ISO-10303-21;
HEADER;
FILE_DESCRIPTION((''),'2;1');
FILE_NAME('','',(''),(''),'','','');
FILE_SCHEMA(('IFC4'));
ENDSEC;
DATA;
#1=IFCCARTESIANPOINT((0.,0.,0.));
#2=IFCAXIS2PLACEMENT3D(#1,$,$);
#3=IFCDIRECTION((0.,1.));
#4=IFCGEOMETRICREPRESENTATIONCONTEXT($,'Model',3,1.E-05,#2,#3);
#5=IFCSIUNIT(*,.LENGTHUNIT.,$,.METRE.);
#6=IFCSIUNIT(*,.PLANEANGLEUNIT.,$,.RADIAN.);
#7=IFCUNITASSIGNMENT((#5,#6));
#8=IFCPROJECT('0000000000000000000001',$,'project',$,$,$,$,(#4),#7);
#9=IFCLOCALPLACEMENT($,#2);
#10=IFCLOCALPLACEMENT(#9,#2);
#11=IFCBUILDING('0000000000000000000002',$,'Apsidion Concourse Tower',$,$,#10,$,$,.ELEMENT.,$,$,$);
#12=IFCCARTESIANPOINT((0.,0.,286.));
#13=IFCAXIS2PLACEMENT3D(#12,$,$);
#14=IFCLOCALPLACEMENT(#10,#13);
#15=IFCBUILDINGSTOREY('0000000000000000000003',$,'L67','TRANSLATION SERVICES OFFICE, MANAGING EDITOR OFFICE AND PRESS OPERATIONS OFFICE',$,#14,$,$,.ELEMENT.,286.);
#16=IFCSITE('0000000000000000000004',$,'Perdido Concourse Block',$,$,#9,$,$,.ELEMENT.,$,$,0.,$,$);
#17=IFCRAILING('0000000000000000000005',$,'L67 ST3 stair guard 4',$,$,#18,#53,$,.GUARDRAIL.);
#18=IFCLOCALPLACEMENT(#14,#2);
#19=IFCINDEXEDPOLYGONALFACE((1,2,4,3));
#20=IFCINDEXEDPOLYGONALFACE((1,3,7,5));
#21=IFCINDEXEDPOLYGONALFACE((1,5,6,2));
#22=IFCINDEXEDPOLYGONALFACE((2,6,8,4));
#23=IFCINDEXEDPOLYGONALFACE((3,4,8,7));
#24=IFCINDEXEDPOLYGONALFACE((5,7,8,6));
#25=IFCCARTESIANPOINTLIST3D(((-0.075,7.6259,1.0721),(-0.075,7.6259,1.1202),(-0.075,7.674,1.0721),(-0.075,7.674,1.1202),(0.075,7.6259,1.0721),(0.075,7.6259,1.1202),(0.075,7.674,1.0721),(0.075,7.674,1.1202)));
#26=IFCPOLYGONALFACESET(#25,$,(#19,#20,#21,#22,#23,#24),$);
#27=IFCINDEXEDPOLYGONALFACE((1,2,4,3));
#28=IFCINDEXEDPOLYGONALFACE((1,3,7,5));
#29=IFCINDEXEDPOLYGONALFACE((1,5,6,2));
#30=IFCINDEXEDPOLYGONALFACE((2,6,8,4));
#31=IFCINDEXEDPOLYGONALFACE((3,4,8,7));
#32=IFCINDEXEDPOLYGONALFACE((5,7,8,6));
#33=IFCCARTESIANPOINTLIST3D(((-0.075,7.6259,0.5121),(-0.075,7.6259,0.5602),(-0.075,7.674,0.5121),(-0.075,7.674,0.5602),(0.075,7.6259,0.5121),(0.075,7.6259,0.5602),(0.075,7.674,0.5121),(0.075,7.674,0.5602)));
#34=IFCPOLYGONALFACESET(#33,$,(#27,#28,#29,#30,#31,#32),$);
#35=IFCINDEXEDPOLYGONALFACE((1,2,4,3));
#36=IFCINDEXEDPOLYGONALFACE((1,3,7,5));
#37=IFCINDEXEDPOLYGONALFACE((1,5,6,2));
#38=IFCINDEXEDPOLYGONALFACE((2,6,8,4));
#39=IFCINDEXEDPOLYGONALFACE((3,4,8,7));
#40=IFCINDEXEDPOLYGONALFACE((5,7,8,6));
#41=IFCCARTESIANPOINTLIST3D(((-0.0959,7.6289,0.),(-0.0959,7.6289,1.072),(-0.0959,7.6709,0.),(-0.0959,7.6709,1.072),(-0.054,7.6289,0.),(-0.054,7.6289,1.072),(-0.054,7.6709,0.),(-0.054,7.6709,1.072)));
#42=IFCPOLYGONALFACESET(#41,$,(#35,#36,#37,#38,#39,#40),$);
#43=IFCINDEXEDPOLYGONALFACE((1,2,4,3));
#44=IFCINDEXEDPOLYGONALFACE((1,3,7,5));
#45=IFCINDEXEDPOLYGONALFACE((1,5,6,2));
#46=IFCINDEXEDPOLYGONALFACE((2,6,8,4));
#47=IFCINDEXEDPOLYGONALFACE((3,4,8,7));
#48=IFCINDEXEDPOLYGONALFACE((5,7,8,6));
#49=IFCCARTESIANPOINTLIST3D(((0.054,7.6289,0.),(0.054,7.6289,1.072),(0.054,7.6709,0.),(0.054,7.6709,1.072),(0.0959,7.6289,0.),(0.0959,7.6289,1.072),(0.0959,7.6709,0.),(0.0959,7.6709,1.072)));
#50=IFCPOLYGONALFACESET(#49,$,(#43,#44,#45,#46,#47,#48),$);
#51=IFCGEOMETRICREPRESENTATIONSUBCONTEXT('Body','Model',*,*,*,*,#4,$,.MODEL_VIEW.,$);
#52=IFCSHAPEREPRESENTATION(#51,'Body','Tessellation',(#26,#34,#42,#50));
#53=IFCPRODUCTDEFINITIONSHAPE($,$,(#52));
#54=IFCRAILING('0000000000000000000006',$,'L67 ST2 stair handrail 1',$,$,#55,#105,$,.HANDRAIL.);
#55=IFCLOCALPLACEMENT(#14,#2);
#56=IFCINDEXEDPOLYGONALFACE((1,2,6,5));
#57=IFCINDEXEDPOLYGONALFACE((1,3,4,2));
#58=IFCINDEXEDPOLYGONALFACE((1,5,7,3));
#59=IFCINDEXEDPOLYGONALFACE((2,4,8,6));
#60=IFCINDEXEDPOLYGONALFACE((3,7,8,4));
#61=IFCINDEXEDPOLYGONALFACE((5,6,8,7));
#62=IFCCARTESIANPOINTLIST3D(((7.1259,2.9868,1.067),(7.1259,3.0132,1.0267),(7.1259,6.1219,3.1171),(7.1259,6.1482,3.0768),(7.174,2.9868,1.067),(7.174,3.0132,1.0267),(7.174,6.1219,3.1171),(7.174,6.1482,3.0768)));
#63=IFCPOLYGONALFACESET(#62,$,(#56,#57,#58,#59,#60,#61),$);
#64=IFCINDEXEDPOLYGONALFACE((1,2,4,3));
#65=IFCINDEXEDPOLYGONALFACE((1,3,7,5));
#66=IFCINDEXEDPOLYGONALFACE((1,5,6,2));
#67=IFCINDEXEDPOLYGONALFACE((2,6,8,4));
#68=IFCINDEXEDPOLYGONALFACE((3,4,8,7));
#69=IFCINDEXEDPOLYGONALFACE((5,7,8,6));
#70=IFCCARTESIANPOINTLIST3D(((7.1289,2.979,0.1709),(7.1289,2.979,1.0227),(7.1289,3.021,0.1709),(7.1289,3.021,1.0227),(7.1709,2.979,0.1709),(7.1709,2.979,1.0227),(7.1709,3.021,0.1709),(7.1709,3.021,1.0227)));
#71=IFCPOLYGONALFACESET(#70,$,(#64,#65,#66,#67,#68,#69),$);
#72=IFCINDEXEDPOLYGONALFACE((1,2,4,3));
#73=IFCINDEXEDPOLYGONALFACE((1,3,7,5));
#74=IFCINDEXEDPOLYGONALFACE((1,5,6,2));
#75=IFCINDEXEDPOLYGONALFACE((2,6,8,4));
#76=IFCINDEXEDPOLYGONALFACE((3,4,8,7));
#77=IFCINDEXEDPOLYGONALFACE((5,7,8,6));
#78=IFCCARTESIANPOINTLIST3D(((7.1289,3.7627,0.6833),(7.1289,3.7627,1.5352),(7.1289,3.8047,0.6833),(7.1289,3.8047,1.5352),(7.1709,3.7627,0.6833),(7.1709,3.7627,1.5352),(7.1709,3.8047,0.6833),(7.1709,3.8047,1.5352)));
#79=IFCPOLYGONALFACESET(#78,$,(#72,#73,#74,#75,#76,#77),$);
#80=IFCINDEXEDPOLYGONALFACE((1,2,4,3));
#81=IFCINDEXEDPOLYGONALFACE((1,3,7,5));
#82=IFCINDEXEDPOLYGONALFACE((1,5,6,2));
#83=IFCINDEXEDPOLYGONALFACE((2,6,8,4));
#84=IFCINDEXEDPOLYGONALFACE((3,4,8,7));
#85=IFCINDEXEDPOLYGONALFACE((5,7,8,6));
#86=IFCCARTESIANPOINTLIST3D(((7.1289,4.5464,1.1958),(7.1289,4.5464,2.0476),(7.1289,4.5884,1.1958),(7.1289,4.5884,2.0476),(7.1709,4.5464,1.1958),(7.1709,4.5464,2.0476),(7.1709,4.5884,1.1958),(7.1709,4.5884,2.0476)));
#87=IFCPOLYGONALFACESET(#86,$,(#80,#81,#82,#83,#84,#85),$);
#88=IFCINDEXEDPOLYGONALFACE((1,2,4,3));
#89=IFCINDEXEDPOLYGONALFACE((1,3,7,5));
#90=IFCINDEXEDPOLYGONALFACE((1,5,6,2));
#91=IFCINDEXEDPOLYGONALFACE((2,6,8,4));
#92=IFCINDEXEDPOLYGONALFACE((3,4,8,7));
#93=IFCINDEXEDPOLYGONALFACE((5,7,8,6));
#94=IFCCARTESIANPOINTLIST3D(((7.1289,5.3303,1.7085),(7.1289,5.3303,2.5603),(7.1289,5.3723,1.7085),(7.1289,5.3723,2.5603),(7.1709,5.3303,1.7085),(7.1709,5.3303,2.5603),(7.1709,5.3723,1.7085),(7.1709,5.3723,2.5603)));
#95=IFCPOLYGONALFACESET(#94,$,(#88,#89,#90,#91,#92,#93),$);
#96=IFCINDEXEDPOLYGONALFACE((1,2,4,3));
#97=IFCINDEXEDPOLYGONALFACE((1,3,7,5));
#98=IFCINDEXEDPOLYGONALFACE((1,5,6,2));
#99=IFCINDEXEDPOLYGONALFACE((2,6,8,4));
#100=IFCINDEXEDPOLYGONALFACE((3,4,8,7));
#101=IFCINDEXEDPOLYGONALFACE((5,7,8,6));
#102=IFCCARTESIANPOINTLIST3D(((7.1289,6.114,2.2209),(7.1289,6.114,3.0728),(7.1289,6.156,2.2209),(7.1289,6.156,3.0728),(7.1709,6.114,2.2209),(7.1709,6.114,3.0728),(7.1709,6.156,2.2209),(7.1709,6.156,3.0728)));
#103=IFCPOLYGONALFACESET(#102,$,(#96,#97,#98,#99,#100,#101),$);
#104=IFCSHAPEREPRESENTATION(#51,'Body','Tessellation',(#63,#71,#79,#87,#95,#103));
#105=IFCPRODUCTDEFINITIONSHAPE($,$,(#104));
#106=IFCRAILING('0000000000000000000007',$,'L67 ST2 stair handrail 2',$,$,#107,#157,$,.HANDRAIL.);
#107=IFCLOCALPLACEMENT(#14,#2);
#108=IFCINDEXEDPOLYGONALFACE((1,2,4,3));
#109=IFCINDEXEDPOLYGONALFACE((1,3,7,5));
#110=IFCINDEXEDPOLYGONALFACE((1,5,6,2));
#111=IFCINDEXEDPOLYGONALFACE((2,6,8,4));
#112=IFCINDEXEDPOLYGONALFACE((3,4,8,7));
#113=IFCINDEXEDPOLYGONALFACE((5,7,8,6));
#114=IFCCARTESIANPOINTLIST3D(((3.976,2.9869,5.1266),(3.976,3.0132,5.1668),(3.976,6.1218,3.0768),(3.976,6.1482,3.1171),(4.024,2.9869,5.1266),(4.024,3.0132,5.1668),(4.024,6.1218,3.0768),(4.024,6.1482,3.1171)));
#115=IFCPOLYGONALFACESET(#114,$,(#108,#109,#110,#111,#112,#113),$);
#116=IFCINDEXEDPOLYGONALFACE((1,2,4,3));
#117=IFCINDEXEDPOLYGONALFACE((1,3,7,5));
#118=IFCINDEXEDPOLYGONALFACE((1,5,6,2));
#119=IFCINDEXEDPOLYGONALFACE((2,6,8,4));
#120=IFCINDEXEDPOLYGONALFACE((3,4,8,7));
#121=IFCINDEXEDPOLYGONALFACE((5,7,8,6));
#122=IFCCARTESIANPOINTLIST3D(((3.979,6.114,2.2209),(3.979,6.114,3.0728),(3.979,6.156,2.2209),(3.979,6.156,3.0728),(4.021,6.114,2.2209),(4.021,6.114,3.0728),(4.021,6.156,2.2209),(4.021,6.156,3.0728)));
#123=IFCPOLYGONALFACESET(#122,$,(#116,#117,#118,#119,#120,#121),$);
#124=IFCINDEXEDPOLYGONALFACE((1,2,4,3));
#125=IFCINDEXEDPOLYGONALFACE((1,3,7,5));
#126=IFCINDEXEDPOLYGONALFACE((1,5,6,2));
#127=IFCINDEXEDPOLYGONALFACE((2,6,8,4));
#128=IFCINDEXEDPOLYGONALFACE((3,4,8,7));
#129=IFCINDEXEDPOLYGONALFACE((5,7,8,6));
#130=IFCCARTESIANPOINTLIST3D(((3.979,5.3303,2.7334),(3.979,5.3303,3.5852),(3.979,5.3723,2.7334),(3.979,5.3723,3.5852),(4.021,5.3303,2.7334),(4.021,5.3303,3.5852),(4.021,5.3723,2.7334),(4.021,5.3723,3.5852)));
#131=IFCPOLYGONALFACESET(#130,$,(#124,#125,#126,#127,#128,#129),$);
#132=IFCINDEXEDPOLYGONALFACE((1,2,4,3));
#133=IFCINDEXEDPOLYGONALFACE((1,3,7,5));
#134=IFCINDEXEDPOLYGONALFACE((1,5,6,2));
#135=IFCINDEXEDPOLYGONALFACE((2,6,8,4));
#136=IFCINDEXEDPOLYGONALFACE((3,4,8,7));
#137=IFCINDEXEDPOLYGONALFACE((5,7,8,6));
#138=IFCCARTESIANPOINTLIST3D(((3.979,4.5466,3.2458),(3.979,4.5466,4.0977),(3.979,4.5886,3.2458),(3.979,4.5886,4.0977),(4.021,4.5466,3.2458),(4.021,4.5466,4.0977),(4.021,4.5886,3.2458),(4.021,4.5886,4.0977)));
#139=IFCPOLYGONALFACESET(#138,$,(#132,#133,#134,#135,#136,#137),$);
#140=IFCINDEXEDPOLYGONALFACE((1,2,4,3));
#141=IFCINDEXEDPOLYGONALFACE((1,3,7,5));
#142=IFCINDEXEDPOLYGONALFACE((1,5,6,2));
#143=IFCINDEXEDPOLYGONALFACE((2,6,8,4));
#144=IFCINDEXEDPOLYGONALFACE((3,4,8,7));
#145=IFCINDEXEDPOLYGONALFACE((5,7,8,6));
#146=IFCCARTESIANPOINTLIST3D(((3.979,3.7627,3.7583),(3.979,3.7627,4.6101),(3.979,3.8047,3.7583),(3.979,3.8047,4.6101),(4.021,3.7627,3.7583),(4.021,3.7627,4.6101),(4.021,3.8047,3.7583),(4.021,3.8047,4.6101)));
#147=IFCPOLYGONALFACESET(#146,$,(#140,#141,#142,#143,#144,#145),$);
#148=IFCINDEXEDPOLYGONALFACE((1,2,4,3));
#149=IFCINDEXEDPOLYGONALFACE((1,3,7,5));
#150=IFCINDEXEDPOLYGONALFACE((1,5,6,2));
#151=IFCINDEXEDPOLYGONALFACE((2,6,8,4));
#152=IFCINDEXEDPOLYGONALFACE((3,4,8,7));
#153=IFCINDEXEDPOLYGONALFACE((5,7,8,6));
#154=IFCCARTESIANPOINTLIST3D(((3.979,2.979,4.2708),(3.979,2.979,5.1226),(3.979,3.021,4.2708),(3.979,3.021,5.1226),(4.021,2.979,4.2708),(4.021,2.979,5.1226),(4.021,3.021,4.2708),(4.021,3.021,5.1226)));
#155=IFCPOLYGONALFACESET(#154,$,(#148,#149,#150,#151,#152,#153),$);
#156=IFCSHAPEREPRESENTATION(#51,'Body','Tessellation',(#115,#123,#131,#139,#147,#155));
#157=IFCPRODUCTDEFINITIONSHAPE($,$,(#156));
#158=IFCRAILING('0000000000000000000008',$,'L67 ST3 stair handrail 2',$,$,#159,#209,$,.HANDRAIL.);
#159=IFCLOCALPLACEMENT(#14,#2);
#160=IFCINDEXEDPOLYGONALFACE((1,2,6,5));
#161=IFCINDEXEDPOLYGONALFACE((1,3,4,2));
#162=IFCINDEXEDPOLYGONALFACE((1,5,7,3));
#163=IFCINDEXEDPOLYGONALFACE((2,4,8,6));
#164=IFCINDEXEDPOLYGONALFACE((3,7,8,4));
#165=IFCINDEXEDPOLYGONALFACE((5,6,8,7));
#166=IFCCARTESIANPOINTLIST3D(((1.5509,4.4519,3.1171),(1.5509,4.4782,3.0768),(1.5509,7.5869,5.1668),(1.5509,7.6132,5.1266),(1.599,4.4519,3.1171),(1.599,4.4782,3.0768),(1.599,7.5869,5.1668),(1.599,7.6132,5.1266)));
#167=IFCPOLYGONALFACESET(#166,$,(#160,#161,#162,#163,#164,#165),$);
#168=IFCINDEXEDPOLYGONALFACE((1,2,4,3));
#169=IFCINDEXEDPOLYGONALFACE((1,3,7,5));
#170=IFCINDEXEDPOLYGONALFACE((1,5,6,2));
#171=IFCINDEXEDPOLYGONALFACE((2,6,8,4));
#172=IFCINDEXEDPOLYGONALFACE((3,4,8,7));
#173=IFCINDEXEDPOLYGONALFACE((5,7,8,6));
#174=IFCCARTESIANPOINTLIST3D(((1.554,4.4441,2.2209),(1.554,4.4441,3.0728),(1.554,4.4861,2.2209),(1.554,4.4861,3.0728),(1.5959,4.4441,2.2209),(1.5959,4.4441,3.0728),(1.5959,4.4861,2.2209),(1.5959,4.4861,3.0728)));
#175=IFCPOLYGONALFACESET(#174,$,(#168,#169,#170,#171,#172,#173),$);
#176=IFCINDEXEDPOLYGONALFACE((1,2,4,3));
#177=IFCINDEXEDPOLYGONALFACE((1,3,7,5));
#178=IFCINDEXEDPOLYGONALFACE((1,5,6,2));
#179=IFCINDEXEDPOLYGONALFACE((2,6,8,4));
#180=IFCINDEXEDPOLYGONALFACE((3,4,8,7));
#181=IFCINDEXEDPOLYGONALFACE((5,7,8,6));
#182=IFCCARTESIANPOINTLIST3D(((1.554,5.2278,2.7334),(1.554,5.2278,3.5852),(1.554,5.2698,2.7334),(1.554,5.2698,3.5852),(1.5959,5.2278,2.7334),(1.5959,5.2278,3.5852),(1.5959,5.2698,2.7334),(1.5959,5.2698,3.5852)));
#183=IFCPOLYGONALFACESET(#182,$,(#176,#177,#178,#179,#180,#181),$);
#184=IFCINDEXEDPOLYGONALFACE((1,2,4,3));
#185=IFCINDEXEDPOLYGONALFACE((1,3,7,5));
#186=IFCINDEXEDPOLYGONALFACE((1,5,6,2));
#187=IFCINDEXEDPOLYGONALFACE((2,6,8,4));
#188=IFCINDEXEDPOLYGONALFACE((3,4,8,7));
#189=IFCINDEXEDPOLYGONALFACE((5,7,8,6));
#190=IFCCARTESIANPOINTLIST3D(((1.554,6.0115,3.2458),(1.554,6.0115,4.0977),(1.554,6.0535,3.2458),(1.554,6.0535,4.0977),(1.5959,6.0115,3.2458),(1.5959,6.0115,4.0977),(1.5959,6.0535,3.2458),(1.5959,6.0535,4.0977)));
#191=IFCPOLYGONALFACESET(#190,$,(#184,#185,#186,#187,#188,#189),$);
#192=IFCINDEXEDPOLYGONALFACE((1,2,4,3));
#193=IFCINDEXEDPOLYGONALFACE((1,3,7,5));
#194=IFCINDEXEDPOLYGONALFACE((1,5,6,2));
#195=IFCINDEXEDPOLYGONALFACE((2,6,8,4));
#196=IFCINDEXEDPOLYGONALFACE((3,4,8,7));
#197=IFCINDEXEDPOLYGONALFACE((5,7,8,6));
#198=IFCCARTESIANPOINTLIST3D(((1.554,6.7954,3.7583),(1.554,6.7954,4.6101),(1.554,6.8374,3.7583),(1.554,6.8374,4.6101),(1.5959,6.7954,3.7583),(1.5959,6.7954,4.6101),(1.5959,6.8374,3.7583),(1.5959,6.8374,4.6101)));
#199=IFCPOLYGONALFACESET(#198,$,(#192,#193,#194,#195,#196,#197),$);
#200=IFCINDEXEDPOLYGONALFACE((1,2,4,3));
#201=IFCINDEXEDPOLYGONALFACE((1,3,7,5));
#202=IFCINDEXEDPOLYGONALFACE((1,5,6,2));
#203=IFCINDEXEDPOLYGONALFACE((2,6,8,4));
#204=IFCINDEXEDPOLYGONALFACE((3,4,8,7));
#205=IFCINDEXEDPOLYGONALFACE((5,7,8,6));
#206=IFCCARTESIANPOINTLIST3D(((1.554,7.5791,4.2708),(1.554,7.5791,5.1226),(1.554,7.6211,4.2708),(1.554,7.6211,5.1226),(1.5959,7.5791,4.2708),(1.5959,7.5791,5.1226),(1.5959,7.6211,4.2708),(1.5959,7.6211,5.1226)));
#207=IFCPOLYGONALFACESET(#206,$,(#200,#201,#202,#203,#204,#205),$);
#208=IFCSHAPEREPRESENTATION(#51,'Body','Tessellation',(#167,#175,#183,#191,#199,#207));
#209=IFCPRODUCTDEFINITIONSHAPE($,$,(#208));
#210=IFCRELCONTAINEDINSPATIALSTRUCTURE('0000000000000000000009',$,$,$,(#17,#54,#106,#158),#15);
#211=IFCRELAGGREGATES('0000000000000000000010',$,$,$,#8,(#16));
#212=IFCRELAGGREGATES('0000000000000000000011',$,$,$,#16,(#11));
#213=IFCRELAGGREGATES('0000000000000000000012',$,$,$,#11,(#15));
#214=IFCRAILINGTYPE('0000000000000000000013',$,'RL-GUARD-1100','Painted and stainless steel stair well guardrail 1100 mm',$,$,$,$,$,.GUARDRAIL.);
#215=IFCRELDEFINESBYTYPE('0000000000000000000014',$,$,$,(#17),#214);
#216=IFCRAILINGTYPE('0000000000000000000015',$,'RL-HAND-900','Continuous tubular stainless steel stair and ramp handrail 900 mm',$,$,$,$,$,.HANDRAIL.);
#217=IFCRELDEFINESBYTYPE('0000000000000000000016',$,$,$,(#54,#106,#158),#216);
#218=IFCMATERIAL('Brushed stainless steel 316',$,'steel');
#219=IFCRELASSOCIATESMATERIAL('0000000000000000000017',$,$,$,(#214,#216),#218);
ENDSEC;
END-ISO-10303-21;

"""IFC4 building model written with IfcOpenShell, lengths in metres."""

from ifc_helpers import new_model, si_unit, direction, frame, origin, origin_2d, place, context, subcontext, project, spatial, rectangle, extrude, material, type_object, element, save


model = new_model("IFC4")

# Units and contexts
model_context = context("Model", 3, precision=1e-05, world=origin(), true_north=direction((0.0, 1.0)))
body_context = subcontext(model_context, "Body", "Model", "MODEL_VIEW")
ifc_project = project(units=[si_unit("LENGTHUNIT", "METRE"), si_unit("PLANEANGLEUNIT", "RADIAN")], contexts=[model_context])

# Site, building, storey
site_placement = place(None, origin())
site = spatial("IfcSite", under=ifc_project, at=site_placement, Name="Perdido Concourse Block", CompositionType="ELEMENT", RefElevation=0.0)
building_placement = place(site_placement, origin())
building = spatial("IfcBuilding", under=site, at=building_placement, Name="Apsidion Concourse Tower", CompositionType="ELEMENT")
storey_placement = place(building_placement, frame((0.0, 0.0, 286.0)))
storey = spatial("IfcBuildingStorey", under=building, at=storey_placement, Name="L67", Description="TRANSLATION SERVICES OFFICE, MANAGING EDITOR OFFICE AND PRESS OPERATIONS OFFICE", CompositionType="ELEMENT", Elevation=286.0)

# Railings
ifc_material_1 = material(Name="Brushed stainless steel 316", Category="steel")
railing_type_1 = type_object("IfcRailingType", Name="RL-GUARD-1100", Description="Painted and stainless steel stair well guardrail 1100 mm", PredefinedType="GUARDRAIL", material=ifc_material_1)
railing_1_placement = place(storey_placement, frame((-0.075, 7.6499, 0.0)))
element("IfcRailing", 1, at=railing_1_placement, inside=storey, type_object=railing_type_1, Name="L67 ST3 stair guard 4", PredefinedType="GUARDRAIL", context=body_context, shape_type="SweptSolid", body=[
    extrude(rectangle(XDim=0.0481, YDim=0.0481, at=origin_2d()), frame((0.0, 0.0, 1.0962), z_axis=(1.0, 0.0, 0.0), x_axis=(0.0, 1.0, 0.0)), (0.0, 0.0, 1.0), 0.1499),
    extrude(rectangle(XDim=0.0481, YDim=0.0481, at=origin_2d()), frame((0.0, 0.0, 0.5361), z_axis=(1.0, 0.0, 0.0), x_axis=(0.0, 1.0, 0.0)), (0.0, 0.0, 1.0), 0.1499),
    extrude(rectangle(XDim=0.042, YDim=0.042, at=origin_2d()), origin(), (0.0, 0.0, 1.0), 1.072),
    extrude(rectangle(XDim=0.042, YDim=0.042, at=origin_2d()), frame((0.1499, 0.0, 0.0)), (0.0, 0.0, 1.0), 1.072),
])
railing_type_2 = type_object("IfcRailingType", Name="RL-HAND-900", Description="Continuous tubular stainless steel stair and ramp handrail 900 mm", PredefinedType="HANDRAIL", material=ifc_material_1)
railing_2_placement = place(storey_placement, frame((7.1499, 3.0, 0.1709)))
element("IfcRailing", 2, at=railing_2_placement, inside=storey, type_object=railing_type_2, Name="L67 ST2 stair handrail 1", PredefinedType="HANDRAIL", context=body_context, shape_type="SweptSolid", body=[
    extrude(rectangle(XDim=0.0481, YDim=0.0481, at=origin_2d()), frame((0.0, 0.0, 0.876), z_axis=(0.0, 0.836941, 0.547293), x_axis=(-1.0, 0.0, 0.0)), (0.0, 0.0, 1.0), 3.7458),
    extrude(rectangle(XDim=0.042, YDim=0.042, at=origin_2d()), origin(), (0.0, 0.0, 1.0), 0.8518),
    extrude(rectangle(XDim=0.042, YDim=0.042, at=origin_2d()), frame((0.0, 0.7837, 0.5125)), (0.0, 0.0, 1.0), 0.8518),
    extrude(rectangle(XDim=0.042, YDim=0.042, at=origin_2d()), frame((0.0, 1.5674, 1.0249)), (0.0, 0.0, 1.0), 0.8518),
    extrude(rectangle(XDim=0.042, YDim=0.042, at=origin_2d()), frame((0.0, 2.3513, 1.5376)), (0.0, 0.0, 1.0), 0.8518),
    extrude(rectangle(XDim=0.042, YDim=0.042, at=origin_2d()), frame((0.0, 3.135, 2.05)), (0.0, 0.0, 1.0), 0.8518),
])
railing_3_placement = place(storey_placement, frame((4.0, 6.135, 2.2209)))
element("IfcRailing", 3, at=railing_3_placement, inside=storey, type_object=railing_type_2, Name="L67 ST2 stair handrail 2", PredefinedType="HANDRAIL", context=body_context, shape_type="SweptSolid", body=[
    extrude(rectangle(XDim=0.0481, YDim=0.0481, at=origin_2d()), frame((0.0, 0.0, 0.876), z_axis=(0.0, -0.836971, 0.547248), x_axis=(1.0, 0.0, 0.0)), (0.0, 0.0, 1.0), 3.7456),
    extrude(rectangle(XDim=0.042, YDim=0.042, at=origin_2d()), origin(), (0.0, 0.0, 1.0), 0.8518),
    extrude(rectangle(XDim=0.042, YDim=0.042, at=origin_2d()), frame((0.0, -0.7837, 0.5125)), (0.0, 0.0, 1.0), 0.8518),
    extrude(rectangle(XDim=0.042, YDim=0.042, at=origin_2d()), frame((0.0, -1.5674, 1.0249)), (0.0, 0.0, 1.0), 0.8518),
    extrude(rectangle(XDim=0.042, YDim=0.042, at=origin_2d()), frame((0.0, -2.3513, 1.5374)), (0.0, 0.0, 1.0), 0.8518),
    extrude(rectangle(XDim=0.042, YDim=0.042, at=origin_2d()), frame((0.0, -3.135, 2.0498)), (0.0, 0.0, 1.0), 0.8518),
])
railing_4_placement = place(storey_placement, frame((1.575, 4.4651, 2.2209)))
element("IfcRailing", 4, at=railing_4_placement, inside=storey, type_object=railing_type_2, Name="L67 ST3 stair handrail 2", PredefinedType="HANDRAIL", context=body_context, shape_type="SweptSolid", body=[
    extrude(rectangle(XDim=0.0481, YDim=0.0481, at=origin_2d()), frame((0.0, 0.0, 0.876), z_axis=(0.0, 0.836971, 0.547248), x_axis=(-1.0, 0.0, 0.0)), (0.0, 0.0, 1.0), 3.7456),
    extrude(rectangle(XDim=0.042, YDim=0.042, at=origin_2d()), origin(), (0.0, 0.0, 1.0), 0.8518),
    extrude(rectangle(XDim=0.042, YDim=0.042, at=origin_2d()), frame((0.0, 0.7837, 0.5125)), (0.0, 0.0, 1.0), 0.8518),
    extrude(rectangle(XDim=0.042, YDim=0.042, at=origin_2d()), frame((0.0, 1.5674, 1.0249)), (0.0, 0.0, 1.0), 0.8518),
    extrude(rectangle(XDim=0.042, YDim=0.042, at=origin_2d()), frame((0.0, 2.3513, 1.5374)), (0.0, 0.0, 1.0), 0.8518),
    extrude(rectangle(XDim=0.042, YDim=0.042, at=origin_2d()), frame((0.0, 3.135, 2.0498)), (0.0, 0.0, 1.0), 0.8518),
])

save(model, "model.ifc")
